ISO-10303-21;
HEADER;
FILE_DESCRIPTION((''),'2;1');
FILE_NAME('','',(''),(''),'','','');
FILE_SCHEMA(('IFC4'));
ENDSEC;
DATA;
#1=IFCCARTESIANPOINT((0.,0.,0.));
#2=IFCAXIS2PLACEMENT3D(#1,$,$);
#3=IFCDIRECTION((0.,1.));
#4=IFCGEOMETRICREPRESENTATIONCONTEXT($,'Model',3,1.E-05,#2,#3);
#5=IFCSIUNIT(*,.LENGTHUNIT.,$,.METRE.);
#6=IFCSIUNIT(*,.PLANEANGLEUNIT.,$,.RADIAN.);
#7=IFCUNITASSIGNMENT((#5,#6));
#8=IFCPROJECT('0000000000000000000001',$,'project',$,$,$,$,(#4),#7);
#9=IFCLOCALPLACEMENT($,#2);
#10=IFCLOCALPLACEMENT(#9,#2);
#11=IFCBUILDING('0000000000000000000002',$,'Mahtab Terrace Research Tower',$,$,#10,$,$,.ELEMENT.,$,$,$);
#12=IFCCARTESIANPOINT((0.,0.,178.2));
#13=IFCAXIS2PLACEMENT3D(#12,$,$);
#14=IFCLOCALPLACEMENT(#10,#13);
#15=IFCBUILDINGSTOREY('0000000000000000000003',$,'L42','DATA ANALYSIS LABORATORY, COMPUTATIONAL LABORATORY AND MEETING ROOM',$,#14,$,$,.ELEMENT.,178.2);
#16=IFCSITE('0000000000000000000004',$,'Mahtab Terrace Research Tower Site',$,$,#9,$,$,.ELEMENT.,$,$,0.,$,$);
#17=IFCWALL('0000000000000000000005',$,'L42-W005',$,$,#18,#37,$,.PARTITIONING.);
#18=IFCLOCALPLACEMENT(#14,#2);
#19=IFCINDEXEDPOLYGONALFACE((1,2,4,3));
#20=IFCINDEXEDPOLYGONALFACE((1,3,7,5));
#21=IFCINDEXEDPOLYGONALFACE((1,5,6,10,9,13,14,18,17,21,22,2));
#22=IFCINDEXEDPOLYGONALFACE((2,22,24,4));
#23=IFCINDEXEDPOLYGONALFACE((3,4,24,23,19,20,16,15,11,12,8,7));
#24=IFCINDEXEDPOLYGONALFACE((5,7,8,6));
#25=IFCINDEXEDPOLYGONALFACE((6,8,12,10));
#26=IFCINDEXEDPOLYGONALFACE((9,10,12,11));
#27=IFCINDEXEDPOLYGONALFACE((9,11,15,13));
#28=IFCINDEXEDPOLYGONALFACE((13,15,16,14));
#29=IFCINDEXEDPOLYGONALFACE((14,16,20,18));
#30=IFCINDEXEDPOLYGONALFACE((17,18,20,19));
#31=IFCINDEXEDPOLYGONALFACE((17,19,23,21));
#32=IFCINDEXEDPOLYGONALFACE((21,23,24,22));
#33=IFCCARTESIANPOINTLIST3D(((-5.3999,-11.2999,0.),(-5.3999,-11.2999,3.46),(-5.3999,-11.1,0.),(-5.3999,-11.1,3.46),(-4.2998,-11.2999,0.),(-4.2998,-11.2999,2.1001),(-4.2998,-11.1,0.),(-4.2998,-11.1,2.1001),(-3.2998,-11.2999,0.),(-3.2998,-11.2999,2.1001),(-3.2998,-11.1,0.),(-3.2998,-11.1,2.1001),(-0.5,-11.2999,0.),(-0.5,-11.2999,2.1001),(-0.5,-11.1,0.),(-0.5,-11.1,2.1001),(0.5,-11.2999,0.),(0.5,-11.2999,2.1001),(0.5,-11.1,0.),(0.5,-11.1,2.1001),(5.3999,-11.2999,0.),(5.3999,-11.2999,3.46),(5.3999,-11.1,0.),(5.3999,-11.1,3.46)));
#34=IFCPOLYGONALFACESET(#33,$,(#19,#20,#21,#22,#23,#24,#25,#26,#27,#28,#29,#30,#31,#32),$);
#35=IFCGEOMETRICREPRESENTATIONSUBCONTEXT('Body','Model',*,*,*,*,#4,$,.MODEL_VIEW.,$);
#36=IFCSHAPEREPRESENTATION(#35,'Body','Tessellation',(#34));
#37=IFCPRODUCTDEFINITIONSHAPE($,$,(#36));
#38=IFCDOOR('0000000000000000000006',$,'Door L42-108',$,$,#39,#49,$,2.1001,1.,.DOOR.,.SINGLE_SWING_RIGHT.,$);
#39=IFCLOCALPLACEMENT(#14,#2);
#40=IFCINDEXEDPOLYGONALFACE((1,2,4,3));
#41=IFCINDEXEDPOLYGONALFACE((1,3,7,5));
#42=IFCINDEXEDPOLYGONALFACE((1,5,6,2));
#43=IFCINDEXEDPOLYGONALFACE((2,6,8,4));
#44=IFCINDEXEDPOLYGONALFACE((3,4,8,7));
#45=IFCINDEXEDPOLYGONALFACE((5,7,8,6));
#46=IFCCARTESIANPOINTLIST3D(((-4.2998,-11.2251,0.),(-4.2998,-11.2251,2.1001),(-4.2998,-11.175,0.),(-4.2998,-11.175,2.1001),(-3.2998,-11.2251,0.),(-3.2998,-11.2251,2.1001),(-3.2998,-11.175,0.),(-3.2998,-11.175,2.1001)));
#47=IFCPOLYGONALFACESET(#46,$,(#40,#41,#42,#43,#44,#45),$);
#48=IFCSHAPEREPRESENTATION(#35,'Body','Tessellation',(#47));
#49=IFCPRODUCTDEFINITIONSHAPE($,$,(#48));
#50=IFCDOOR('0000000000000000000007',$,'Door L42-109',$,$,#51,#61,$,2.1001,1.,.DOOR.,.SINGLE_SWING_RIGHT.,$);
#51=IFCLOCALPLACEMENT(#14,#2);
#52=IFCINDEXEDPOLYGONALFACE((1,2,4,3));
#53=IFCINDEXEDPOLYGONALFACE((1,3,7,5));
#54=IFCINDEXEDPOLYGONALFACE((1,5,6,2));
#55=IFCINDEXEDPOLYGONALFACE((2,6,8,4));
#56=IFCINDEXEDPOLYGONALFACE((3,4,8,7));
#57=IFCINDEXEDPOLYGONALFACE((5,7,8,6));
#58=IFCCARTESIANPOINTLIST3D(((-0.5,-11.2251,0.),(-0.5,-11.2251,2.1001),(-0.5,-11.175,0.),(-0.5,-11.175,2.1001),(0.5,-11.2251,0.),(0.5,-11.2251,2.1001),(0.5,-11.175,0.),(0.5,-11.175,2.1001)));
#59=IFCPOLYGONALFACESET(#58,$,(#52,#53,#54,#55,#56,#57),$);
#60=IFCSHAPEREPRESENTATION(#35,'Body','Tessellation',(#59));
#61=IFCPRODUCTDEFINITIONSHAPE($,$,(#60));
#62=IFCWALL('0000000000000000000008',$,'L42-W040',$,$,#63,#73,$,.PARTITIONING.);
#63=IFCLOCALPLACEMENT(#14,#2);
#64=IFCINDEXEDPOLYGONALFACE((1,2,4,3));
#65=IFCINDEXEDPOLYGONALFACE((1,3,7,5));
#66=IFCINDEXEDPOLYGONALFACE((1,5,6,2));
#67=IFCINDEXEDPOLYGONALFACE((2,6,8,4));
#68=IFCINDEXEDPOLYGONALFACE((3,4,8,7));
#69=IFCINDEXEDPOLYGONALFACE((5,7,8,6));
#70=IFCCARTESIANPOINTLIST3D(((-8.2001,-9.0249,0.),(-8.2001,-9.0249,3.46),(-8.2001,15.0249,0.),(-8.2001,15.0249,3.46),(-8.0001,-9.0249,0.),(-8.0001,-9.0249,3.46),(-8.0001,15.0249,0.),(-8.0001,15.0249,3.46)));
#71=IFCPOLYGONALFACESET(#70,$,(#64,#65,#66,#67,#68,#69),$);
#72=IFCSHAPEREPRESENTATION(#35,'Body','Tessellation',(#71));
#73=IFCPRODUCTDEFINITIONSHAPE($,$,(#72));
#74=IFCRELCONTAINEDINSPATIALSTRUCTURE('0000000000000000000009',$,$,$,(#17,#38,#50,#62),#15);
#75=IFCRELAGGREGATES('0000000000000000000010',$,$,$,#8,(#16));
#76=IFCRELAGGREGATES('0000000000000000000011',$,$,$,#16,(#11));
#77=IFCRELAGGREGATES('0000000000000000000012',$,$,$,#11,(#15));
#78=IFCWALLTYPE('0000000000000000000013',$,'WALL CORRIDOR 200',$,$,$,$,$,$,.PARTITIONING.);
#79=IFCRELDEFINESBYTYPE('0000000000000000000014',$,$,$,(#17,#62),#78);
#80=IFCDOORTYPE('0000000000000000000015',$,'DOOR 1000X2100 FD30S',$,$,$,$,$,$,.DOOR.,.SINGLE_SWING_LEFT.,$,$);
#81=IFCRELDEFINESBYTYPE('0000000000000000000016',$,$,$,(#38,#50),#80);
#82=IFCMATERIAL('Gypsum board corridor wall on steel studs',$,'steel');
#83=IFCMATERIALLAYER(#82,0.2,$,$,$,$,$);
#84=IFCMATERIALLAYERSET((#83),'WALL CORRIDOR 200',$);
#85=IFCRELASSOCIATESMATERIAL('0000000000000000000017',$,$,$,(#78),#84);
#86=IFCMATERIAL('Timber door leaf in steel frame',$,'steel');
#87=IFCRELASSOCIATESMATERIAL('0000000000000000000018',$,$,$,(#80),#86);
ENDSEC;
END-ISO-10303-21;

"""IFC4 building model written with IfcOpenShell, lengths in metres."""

from ifc_helpers import new_model, si_unit, direction, frame, frame_2d, origin, place, context, subcontext, project, spatial, rectangle, extrude, material, layer, layer_set, type_object, element, fill, save


model = new_model("IFC4")

# Units and contexts
model_context = context("Model", 3, precision=1e-05, world=origin(), true_north=direction((0.0, 1.0)))
body_context = subcontext(model_context, "Body", "Model", "MODEL_VIEW")
ifc_project = project(units=[si_unit("LENGTHUNIT", "METRE"), si_unit("PLANEANGLEUNIT", "RADIAN")], contexts=[model_context])

# Site, building, storey
site_placement = place(None, origin())
site = spatial("IfcSite", under=ifc_project, at=site_placement, Name="Mahtab Terrace Research Tower Site", CompositionType="ELEMENT", RefElevation=0.0)
building_placement = place(site_placement, origin())
building = spatial("IfcBuilding", under=site, at=building_placement, Name="Mahtab Terrace Research Tower", CompositionType="ELEMENT")
storey_placement = place(building_placement, frame((0.0, 0.0, 178.2)))
storey = spatial("IfcBuildingStorey", under=building, at=storey_placement, Name="L42", Description="DATA ANALYSIS LABORATORY, COMPUTATIONAL LABORATORY AND MEETING ROOM", CompositionType="ELEMENT", Elevation=178.2)

# Wall, openings, doors
ifc_material_1 = material(Name="Gypsum board corridor wall on steel studs", Category="steel")
ifc_layer_1 = layer(ifc_material_1, 0.2)
ifc_layer_set_1 = layer_set([ifc_layer_1], Name="WALL CORRIDOR 200")
wall_type_1 = type_object("IfcWallType", Name="WALL CORRIDOR 200", PredefinedType="PARTITIONING", material=ifc_layer_set_1)
wall_1_placement = place(storey_placement, frame((-5.3999, -11.2, 0.0), z_axis=(0.0, 0.0, 1.0), x_axis=(1.0, 0.0, 0.0)))
wall_1 = element("IfcWall", 1, at=wall_1_placement, inside=storey, type_object=wall_type_1, Name="L42-W005", PredefinedType="PARTITIONING", context=body_context, shape_type="SweptSolid", body=[
    extrude(rectangle(XDim=10.7998, YDim=0.2, at=frame_2d((5.3999, 0.0))), origin(), (0.0, 0.0, 1.0), 3.46),
])
opening_1_placement = place(wall_1_placement, frame((1.1001, 0.0, 0.0)))
opening_1 = element("IfcOpeningElement", 2, at=opening_1_placement, cuts=wall_1, PredefinedType="OPENING", context=body_context, shape_type="SweptSolid", body=[
    extrude(rectangle(XDim=1.0, YDim=2.1001, at=frame_2d((0.5, 1.05))), frame((0.0, 0.1099, 0.0), z_axis=(0.0, -1.0, 0.0), x_axis=(1.0, 0.0, 0.0)), (0.0, 0.0, 1.0), 0.22),
])
opening_2_placement = place(wall_1_placement, frame((4.8999, 0.0, 0.0)))
opening_2 = element("IfcOpeningElement", 3, at=opening_2_placement, cuts=wall_1, PredefinedType="OPENING", context=body_context, shape_type="SweptSolid", body=[
    extrude(rectangle(XDim=1.0, YDim=2.1001, at=frame_2d((0.5, 1.05))), frame((0.0, 0.1099, 0.0), z_axis=(0.0, -1.0, 0.0), x_axis=(1.0, 0.0, 0.0)), (0.0, 0.0, 1.0), 0.22),
])
ifc_material_2 = material(Name="Timber door leaf in steel frame", Category="steel")
door_type_1 = type_object("IfcDoorType", Name="DOOR 1000X2100 FD30S", OperationType="SINGLE_SWING_LEFT", PredefinedType="DOOR", material=ifc_material_2)
door_1_placement = place(opening_1_placement, origin())
door_1 = element("IfcDoor", 4, at=door_1_placement, inside=storey, type_object=door_type_1, Name="Door L42-108", OperationType="SINGLE_SWING_RIGHT", OverallHeight=2.1001, OverallWidth=1.0, PredefinedType="DOOR", context=body_context, shape_type="SweptSolid", body=[
    extrude(rectangle(XDim=1.0, YDim=2.1001, at=frame_2d((0.5, 1.05))), frame((0.0, 0.0249, 0.0), z_axis=(0.0, -1.0, 0.0), x_axis=(1.0, 0.0, 0.0)), (0.0, 0.0, 1.0), 0.05),
])
fill(opening_1, door_1)
door_2_placement = place(opening_2_placement, origin())
door_2 = element("IfcDoor", 5, at=door_2_placement, inside=storey, type_object=door_type_1, Name="Door L42-109", OperationType="SINGLE_SWING_RIGHT", OverallHeight=2.1001, OverallWidth=1.0, PredefinedType="DOOR", context=body_context, shape_type="SweptSolid", body=[
    extrude(rectangle(XDim=1.0, YDim=2.1001, at=frame_2d((0.5, 1.05))), frame((0.0, 0.0249, 0.0), z_axis=(0.0, -1.0, 0.0), x_axis=(1.0, 0.0, 0.0)), (0.0, 0.0, 1.0), 0.05),
])
fill(opening_2, door_2)

# Wall
wall_2_placement = place(storey_placement, frame((-8.1001, -9.0249, 0.0), z_axis=(0.0, 0.0, 1.0), x_axis=(0.0, 1.0, 0.0)))
element("IfcWall", 6, at=wall_2_placement, inside=storey, type_object=wall_type_1, Name="L42-W040", PredefinedType="PARTITIONING", context=body_context, shape_type="SweptSolid", body=[
    extrude(rectangle(XDim=24.0498, YDim=0.2, at=frame_2d((12.0249, 0.0))), origin(), (0.0, 0.0, 1.0), 3.46),
])

save(model, "model.ifc")
